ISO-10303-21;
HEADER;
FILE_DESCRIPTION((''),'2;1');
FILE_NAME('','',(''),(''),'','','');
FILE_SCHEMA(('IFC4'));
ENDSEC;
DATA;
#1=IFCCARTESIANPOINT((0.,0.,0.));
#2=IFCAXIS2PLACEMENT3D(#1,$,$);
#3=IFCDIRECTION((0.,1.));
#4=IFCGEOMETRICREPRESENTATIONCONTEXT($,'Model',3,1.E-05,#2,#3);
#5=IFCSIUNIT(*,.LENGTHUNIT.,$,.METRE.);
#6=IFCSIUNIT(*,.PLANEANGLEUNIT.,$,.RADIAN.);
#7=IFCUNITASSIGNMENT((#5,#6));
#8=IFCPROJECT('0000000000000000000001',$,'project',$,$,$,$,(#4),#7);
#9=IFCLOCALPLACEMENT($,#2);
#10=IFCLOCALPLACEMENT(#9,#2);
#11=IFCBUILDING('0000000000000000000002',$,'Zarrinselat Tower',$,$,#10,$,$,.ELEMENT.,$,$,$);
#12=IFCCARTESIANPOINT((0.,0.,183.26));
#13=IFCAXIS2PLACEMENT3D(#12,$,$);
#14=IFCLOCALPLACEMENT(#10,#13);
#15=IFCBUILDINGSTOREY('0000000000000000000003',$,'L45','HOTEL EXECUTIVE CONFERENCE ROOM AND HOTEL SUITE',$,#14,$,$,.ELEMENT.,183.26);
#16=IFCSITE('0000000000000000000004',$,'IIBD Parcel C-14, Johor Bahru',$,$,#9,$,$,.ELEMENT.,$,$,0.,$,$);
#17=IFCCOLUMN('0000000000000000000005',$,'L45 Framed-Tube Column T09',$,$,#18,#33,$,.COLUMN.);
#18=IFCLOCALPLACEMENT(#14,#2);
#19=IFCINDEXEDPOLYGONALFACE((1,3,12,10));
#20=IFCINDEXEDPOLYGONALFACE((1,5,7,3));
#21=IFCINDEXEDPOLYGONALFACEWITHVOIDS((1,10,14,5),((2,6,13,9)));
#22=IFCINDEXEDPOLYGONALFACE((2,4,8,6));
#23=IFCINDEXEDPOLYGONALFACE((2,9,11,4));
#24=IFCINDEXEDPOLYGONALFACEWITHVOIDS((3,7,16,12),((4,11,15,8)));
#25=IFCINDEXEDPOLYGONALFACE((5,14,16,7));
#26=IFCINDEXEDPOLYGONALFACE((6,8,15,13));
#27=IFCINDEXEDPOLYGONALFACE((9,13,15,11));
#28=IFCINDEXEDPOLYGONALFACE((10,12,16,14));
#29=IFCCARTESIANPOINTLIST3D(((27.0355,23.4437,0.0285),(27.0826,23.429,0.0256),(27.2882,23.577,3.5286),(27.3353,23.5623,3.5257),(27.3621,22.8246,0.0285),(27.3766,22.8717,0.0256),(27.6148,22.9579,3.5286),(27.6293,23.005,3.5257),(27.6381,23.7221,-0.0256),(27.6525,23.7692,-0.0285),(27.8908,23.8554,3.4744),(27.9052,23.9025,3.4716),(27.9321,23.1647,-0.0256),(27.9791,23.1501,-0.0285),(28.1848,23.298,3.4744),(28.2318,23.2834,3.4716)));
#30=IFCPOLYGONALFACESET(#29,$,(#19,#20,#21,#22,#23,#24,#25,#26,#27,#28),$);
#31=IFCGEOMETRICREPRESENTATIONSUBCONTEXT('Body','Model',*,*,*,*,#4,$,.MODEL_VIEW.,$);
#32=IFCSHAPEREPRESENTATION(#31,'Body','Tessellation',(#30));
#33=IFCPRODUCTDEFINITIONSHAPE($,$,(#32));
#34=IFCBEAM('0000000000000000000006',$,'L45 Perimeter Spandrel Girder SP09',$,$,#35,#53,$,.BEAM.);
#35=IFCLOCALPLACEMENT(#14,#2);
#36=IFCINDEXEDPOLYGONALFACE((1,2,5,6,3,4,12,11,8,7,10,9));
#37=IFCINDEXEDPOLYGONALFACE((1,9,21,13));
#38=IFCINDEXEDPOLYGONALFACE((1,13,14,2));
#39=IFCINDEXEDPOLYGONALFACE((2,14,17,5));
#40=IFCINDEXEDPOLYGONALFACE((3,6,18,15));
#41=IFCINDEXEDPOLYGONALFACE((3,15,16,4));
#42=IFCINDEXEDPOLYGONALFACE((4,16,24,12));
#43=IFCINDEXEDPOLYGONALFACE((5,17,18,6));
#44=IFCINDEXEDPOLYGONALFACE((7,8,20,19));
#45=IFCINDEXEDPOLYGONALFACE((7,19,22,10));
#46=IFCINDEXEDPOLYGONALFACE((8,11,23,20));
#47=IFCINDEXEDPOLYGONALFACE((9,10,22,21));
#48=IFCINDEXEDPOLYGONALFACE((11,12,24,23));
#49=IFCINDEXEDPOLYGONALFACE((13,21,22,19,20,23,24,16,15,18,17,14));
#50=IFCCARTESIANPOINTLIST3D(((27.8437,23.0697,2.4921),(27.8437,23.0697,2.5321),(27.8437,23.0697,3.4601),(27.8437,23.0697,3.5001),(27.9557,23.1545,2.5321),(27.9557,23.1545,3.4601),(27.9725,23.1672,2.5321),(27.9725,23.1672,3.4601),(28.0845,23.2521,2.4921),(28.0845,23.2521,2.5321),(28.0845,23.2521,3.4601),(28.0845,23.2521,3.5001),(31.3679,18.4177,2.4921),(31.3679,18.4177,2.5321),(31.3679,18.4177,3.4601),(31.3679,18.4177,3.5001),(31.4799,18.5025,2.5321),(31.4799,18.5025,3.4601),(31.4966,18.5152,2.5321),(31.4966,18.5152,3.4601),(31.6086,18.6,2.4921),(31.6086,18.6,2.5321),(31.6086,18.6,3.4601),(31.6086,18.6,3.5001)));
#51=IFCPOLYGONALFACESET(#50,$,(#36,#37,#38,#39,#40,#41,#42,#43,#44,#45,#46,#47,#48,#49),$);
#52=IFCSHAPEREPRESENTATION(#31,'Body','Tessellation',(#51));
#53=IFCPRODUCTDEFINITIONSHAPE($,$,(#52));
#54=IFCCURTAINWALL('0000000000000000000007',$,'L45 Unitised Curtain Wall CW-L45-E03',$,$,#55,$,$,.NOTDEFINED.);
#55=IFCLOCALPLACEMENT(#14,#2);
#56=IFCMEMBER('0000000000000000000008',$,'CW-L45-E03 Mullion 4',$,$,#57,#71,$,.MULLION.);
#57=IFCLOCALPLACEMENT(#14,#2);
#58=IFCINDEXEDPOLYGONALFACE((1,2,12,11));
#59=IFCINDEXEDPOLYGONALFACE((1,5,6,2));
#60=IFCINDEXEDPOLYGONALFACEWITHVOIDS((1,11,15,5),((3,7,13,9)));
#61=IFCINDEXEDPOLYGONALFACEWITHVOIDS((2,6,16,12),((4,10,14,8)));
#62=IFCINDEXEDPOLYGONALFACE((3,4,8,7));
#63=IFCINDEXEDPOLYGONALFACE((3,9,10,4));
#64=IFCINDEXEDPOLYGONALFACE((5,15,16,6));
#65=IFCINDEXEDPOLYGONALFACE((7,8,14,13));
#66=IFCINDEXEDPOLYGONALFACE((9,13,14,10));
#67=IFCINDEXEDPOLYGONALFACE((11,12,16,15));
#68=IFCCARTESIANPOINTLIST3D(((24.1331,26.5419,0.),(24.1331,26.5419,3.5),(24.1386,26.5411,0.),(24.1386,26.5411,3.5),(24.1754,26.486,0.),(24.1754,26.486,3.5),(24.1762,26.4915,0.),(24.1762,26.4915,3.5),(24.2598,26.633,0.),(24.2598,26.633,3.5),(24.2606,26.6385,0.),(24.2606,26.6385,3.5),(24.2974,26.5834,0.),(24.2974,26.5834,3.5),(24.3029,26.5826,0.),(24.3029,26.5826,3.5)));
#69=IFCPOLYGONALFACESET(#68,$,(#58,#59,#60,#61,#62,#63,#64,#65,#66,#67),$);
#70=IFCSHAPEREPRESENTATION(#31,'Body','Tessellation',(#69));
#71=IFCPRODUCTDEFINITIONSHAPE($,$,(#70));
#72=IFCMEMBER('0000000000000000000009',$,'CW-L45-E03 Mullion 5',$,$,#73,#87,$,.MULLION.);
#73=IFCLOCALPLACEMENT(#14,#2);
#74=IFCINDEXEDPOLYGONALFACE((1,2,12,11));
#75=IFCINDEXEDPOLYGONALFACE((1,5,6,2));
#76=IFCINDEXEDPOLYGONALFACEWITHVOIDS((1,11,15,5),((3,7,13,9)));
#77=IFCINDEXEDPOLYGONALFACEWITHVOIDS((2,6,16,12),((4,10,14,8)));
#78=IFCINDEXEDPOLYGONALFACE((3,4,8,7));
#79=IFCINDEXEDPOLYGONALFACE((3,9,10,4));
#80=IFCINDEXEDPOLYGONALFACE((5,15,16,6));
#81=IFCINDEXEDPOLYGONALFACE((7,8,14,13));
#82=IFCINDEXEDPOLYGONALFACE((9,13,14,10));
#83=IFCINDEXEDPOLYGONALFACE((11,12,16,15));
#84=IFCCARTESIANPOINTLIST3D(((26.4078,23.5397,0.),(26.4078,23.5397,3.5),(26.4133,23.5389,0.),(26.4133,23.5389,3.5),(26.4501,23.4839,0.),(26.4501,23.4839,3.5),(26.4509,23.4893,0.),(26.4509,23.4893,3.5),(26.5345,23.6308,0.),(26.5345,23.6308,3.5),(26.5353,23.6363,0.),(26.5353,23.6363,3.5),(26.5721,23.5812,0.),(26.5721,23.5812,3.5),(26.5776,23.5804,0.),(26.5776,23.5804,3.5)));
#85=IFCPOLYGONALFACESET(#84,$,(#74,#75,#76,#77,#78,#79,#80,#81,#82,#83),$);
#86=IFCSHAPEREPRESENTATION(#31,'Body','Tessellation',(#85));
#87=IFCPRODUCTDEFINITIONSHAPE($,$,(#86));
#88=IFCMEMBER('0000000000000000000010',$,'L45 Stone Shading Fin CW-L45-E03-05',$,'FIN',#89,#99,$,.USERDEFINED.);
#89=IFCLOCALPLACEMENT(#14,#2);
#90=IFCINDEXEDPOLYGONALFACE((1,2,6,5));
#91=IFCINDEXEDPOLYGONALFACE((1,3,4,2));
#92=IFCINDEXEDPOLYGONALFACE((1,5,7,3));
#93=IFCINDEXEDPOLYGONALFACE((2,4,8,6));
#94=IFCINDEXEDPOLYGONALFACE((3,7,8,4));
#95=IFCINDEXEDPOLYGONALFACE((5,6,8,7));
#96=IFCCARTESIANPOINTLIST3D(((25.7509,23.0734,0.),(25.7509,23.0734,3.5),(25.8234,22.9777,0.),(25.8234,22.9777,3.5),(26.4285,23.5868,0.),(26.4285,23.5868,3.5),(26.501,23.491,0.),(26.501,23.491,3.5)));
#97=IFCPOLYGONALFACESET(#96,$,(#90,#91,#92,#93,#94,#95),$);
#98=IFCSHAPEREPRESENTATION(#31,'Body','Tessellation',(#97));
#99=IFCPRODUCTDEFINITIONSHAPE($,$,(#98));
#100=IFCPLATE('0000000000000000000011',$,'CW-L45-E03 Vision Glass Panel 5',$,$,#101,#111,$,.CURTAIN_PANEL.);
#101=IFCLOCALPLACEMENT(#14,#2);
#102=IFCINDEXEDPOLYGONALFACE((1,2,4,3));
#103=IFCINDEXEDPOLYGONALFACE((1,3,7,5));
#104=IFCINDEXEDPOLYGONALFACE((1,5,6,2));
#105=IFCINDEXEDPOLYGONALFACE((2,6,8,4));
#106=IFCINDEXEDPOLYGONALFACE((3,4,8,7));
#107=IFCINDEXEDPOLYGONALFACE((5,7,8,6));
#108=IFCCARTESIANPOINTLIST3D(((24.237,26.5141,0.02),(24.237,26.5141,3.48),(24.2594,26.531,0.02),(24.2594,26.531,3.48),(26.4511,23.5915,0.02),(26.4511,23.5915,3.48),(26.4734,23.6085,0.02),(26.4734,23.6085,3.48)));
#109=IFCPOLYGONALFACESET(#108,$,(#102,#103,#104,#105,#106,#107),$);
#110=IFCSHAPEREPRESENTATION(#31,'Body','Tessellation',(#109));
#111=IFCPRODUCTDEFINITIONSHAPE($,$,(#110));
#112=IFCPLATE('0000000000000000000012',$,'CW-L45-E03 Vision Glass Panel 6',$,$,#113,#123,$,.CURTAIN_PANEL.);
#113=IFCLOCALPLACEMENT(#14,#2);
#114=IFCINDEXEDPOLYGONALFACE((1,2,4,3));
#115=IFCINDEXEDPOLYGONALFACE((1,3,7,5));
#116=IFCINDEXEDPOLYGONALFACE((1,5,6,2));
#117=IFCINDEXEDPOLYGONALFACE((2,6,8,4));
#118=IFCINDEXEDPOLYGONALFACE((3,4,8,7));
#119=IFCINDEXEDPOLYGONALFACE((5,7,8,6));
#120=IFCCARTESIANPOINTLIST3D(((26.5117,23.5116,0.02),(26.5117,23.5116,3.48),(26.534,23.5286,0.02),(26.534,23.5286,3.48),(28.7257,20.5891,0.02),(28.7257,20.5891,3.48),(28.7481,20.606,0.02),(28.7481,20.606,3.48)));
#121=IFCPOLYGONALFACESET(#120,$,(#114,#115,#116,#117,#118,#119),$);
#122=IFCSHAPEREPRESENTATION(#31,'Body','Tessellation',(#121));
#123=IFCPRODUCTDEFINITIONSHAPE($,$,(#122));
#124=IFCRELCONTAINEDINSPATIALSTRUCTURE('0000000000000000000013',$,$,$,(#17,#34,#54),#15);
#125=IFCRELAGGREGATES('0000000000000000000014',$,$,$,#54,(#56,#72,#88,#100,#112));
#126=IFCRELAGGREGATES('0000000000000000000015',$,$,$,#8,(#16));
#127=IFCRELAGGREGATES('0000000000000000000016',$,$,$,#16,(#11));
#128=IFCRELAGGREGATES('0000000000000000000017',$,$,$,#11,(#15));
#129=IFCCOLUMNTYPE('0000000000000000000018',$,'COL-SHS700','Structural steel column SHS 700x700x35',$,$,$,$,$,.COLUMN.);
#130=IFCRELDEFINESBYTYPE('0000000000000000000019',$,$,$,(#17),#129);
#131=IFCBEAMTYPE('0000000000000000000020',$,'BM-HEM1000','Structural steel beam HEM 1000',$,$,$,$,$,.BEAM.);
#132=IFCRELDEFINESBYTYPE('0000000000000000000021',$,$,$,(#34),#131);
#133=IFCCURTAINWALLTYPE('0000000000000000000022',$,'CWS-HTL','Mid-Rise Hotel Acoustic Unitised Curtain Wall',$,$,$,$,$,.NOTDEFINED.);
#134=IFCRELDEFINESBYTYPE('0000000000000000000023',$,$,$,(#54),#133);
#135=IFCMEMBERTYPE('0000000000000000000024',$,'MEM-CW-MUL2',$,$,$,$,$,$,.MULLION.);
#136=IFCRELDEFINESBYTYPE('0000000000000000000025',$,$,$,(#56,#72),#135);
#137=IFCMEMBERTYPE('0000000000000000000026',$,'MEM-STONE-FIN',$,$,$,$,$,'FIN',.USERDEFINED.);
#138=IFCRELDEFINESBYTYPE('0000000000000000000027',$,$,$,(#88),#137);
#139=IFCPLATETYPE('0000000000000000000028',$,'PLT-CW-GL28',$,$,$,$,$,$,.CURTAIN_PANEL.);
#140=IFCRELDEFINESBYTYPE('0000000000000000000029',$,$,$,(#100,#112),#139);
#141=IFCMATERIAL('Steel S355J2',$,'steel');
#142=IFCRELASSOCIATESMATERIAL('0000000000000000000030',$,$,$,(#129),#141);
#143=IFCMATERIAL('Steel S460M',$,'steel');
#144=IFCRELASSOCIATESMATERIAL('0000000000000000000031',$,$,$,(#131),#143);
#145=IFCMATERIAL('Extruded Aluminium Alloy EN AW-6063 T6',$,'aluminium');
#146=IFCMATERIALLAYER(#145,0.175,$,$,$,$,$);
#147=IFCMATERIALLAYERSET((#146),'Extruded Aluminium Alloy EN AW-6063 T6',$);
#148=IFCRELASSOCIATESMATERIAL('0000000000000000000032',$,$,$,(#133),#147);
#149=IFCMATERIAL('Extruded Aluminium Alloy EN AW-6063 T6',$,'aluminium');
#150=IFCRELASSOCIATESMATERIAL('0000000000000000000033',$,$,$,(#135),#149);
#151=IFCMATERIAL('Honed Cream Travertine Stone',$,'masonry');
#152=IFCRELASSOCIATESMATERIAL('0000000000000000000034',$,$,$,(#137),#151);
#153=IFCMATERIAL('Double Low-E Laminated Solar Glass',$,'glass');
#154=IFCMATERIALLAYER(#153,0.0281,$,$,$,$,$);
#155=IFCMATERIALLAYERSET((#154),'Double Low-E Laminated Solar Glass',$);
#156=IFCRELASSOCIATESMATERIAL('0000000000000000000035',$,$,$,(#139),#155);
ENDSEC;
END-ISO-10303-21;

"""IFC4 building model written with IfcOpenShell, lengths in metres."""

from ifc_helpers import new_model, si_unit, direction, frame, origin, origin_2d, place, context, subcontext, project, spatial, rectangle, hollow_rectangle, i_section, extrude, material, layer, layer_set, material_profile, profile_set, type_object, element, aggregate, save


model = new_model("IFC4")

# Units and contexts
model_context = context("Model", 3, precision=1e-05, world=origin(), true_north=direction((0.0, 1.0)))
body_context = subcontext(model_context, "Body", "Model", "MODEL_VIEW")
ifc_project = project(units=[si_unit("LENGTHUNIT", "METRE"), si_unit("PLANEANGLEUNIT", "RADIAN")], contexts=[model_context])

# Site, building, storey
site_placement = place(None, origin())
site = spatial("IfcSite", under=ifc_project, at=site_placement, Name="IIBD Parcel C-14, Johor Bahru", CompositionType="ELEMENT", RefElevation=0.0)
building_placement = place(site_placement, origin())
building = spatial("IfcBuilding", under=site, at=building_placement, Name="Zarrinselat Tower", CompositionType="ELEMENT")
storey_placement = place(building_placement, frame((0.0, 0.0, 183.26)))
storey = spatial("IfcBuildingStorey", under=building, at=storey_placement, Name="L45", Description="HOTEL EXECUTIVE CONFERENCE ROOM AND HOTEL SUITE", CompositionType="ELEMENT", Elevation=183.26)

# Column
ifc_material_1 = material(Name="Steel S355J2", Category="steel")
ifc_material_profile_1 = material_profile(ifc_material_1, hollow_rectangle(XDim=0.7, YDim=0.7, WallThickness=0.0349, at=origin_2d()), Name="SHS 700x700x35")
ifc_profile_set_1 = profile_set([ifc_material_profile_1], Name="Steel S355J2")
column_type = type_object("IfcColumnType", Name="COL-SHS700", Description="Structural steel column SHS 700x700x35", PredefinedType="COLUMN", material=ifc_profile_set_1)
column_placement = place(storey_placement, frame((27.5073, 23.2969, 0.0), z_axis=(0.071957, 0.03796, 0.996685), x_axis=(-0.466592, 0.884473, 0.0)))
element("IfcColumn", 1, at=column_placement, inside=storey, type_object=column_type, Name="L45 Framed-Tube Column T09", PredefinedType="COLUMN", context=body_context, shape_type="SweptSolid", body=[
    extrude(hollow_rectangle(XDim=0.7, YDim=0.7, WallThickness=0.0349, at=origin_2d()), origin(), (0.0, 0.0, 1.0), 3.5117),
])

# Beam
ifc_material_2 = material(Name="Steel S460M", Category="steel")
ifc_material_profile_2 = material_profile(ifc_material_2, i_section(OverallWidth=0.302, OverallDepth=1.0081, WebThickness=0.021, FlangeThickness=0.04, at=origin_2d()), Name="HEM 1000")
ifc_profile_set_2 = profile_set([ifc_material_profile_2], Name="Steel S460M")
beam_type = type_object("IfcBeamType", Name="BM-HEM1000", Description="Structural steel beam HEM 1000", PredefinedType="BEAM", material=ifc_profile_set_2)
beam_placement = place(storey_placement, frame((27.9641, 23.1609, 2.9961), z_axis=(0.603842, -0.797104, 0.0), x_axis=(0.797104, 0.603842, 0.0)))
element("IfcBeam", 2, at=beam_placement, inside=storey, type_object=beam_type, Name="L45 Perimeter Spandrel Girder SP09", PredefinedType="BEAM", context=body_context, shape_type="SweptSolid", body=[
    extrude(i_section(OverallWidth=0.302, OverallDepth=1.0081, WebThickness=0.021, FlangeThickness=0.04, at=origin_2d()), origin(), (0.0, 0.0, 1.0), 5.8362),
])

# Curtain wall, members, plates
ifc_material_3 = material(Name="Extruded Aluminium Alloy EN AW-6063 T6", Category="aluminium")
ifc_layer_1 = layer(ifc_material_3, 0.175)
ifc_layer_set_1 = layer_set([ifc_layer_1], Name="Extruded Aluminium Alloy EN AW-6063 T6")
curtain_wall_type = type_object("IfcCurtainWallType", Name="CWS-HTL", Description="Mid-Rise Hotel Acoustic Unitised Curtain Wall", PredefinedType="NOTDEFINED", material=ifc_layer_set_1)
curtain_wall_placement = place(storey_placement, origin())
curtain_wall = element("IfcCurtainWall", 3, at=curtain_wall_placement, inside=storey, type_object=curtain_wall_type, Name="L45 Unitised Curtain Wall CW-L45-E03", PredefinedType="NOTDEFINED")
ifc_material_4 = material(Name="Extruded Aluminium Alloy EN AW-6063 T6", Category="aluminium")
ifc_material_profile_3 = material_profile(ifc_material_4, hollow_rectangle(XDim=0.0701, YDim=0.1599, WallThickness=0.0039, at=origin_2d()), Name="RHS 160x70x4")
ifc_profile_set_3 = profile_set([ifc_material_profile_3], Name="Extruded Aluminium Alloy EN AW-6063 T6")
member_type_1 = type_object("IfcMemberType", Name="MEM-CW-MUL2", PredefinedType="MULLION", material=ifc_profile_set_3)
member_1_placement = place(storey_placement, frame((24.218, 26.5623, 0.0), z_axis=(0.0, 0.0, 1.0), x_axis=(0.603857, -0.797092, 0.0)))
member_1 = element("IfcMember", 4, at=member_1_placement, type_object=member_type_1, Name="CW-L45-E03 Mullion 4", PredefinedType="MULLION", context=body_context, shape_type="SweptSolid", body=[
    extrude(hollow_rectangle(XDim=0.0701, YDim=0.1599, WallThickness=0.0039, at=origin_2d()), origin(), (0.0, 0.0, 1.0), 3.5),
])
member_2_placement = place(storey_placement, frame((26.4927, 23.5601, 0.0), z_axis=(0.0, 0.0, 1.0), x_axis=(0.603857, -0.797092, 0.0)))
member_2 = element("IfcMember", 5, at=member_2_placement, type_object=member_type_1, Name="CW-L45-E03 Mullion 5", PredefinedType="MULLION", context=body_context, shape_type="SweptSolid", body=[
    extrude(hollow_rectangle(XDim=0.0701, YDim=0.1599, WallThickness=0.0039, at=origin_2d()), origin(), (0.0, 0.0, 1.0), 3.5),
])
ifc_material_5 = material(Name="Honed Cream Travertine Stone", Category="masonry")
ifc_material_profile_4 = material_profile(ifc_material_5, rectangle(XDim=0.1201, YDim=0.8501, at=origin_2d()), Name="FIN 850x120")
ifc_profile_set_4 = profile_set([ifc_material_profile_4], Name="Honed Cream Travertine Stone")
member_type_2 = type_object("IfcMemberType", Name="MEM-STONE-FIN", ElementType="FIN", PredefinedType="USERDEFINED", material=ifc_profile_set_4)
member_3_placement = place(storey_placement, frame((26.126, 23.2822, 0.0), z_axis=(0.0, 0.0, 1.0), x_axis=(-0.603857, 0.797092, 0.0)))
member_3 = element("IfcMember", 6, at=member_3_placement, type_object=member_type_2, Name="L45 Stone Shading Fin CW-L45-E03-05", ObjectType="FIN", PredefinedType="USERDEFINED", context=body_context, shape_type="SweptSolid", body=[
    extrude(rectangle(XDim=0.1201, YDim=0.8501, at=origin_2d()), origin(), (0.0, 0.0, 1.0), 3.5),
])
ifc_material_6 = material(Name="Double Low-E Laminated Solar Glass", Category="glass")
ifc_layer_2 = layer(ifc_material_6, 0.0281)
ifc_layer_set_2 = layer_set([ifc_layer_2], Name="Double Low-E Laminated Solar Glass")
plate_type = type_object("IfcPlateType", Name="PLT-CW-GL28", PredefinedType="CURTAIN_PANEL", material=ifc_layer_set_2)
plate_1_placement = place(storey_placement, frame((25.3552, 25.0613, 0.02), z_axis=(0.0, 0.0, 1.0), x_axis=(0.603857, -0.797092, 0.0)))
plate_1 = element("IfcPlate", 7, at=plate_1_placement, type_object=plate_type, Name="CW-L45-E03 Vision Glass Panel 5", PredefinedType="CURTAIN_PANEL", context=body_context, shape_type="SweptSolid", body=[
    extrude(rectangle(XDim=3.6665, YDim=0.0281, at=origin_2d()), origin(), (0.0, 0.0, 1.0), 3.46),
])
plate_2_placement = place(storey_placement, frame((27.6299, 22.0588, 0.02), z_axis=(0.0, 0.0, 1.0), x_axis=(0.603857, -0.797092, 0.0)))
plate_2 = element("IfcPlate", 8, at=plate_2_placement, type_object=plate_type, Name="CW-L45-E03 Vision Glass Panel 6", PredefinedType="CURTAIN_PANEL", context=body_context, shape_type="SweptSolid", body=[
    extrude(rectangle(XDim=3.6665, YDim=0.0281, at=origin_2d()), origin(), (0.0, 0.0, 1.0), 3.46),
])
aggregate(curtain_wall, [member_1, member_2, member_3, plate_1, plate_2])

save(model, "model.ifc")
